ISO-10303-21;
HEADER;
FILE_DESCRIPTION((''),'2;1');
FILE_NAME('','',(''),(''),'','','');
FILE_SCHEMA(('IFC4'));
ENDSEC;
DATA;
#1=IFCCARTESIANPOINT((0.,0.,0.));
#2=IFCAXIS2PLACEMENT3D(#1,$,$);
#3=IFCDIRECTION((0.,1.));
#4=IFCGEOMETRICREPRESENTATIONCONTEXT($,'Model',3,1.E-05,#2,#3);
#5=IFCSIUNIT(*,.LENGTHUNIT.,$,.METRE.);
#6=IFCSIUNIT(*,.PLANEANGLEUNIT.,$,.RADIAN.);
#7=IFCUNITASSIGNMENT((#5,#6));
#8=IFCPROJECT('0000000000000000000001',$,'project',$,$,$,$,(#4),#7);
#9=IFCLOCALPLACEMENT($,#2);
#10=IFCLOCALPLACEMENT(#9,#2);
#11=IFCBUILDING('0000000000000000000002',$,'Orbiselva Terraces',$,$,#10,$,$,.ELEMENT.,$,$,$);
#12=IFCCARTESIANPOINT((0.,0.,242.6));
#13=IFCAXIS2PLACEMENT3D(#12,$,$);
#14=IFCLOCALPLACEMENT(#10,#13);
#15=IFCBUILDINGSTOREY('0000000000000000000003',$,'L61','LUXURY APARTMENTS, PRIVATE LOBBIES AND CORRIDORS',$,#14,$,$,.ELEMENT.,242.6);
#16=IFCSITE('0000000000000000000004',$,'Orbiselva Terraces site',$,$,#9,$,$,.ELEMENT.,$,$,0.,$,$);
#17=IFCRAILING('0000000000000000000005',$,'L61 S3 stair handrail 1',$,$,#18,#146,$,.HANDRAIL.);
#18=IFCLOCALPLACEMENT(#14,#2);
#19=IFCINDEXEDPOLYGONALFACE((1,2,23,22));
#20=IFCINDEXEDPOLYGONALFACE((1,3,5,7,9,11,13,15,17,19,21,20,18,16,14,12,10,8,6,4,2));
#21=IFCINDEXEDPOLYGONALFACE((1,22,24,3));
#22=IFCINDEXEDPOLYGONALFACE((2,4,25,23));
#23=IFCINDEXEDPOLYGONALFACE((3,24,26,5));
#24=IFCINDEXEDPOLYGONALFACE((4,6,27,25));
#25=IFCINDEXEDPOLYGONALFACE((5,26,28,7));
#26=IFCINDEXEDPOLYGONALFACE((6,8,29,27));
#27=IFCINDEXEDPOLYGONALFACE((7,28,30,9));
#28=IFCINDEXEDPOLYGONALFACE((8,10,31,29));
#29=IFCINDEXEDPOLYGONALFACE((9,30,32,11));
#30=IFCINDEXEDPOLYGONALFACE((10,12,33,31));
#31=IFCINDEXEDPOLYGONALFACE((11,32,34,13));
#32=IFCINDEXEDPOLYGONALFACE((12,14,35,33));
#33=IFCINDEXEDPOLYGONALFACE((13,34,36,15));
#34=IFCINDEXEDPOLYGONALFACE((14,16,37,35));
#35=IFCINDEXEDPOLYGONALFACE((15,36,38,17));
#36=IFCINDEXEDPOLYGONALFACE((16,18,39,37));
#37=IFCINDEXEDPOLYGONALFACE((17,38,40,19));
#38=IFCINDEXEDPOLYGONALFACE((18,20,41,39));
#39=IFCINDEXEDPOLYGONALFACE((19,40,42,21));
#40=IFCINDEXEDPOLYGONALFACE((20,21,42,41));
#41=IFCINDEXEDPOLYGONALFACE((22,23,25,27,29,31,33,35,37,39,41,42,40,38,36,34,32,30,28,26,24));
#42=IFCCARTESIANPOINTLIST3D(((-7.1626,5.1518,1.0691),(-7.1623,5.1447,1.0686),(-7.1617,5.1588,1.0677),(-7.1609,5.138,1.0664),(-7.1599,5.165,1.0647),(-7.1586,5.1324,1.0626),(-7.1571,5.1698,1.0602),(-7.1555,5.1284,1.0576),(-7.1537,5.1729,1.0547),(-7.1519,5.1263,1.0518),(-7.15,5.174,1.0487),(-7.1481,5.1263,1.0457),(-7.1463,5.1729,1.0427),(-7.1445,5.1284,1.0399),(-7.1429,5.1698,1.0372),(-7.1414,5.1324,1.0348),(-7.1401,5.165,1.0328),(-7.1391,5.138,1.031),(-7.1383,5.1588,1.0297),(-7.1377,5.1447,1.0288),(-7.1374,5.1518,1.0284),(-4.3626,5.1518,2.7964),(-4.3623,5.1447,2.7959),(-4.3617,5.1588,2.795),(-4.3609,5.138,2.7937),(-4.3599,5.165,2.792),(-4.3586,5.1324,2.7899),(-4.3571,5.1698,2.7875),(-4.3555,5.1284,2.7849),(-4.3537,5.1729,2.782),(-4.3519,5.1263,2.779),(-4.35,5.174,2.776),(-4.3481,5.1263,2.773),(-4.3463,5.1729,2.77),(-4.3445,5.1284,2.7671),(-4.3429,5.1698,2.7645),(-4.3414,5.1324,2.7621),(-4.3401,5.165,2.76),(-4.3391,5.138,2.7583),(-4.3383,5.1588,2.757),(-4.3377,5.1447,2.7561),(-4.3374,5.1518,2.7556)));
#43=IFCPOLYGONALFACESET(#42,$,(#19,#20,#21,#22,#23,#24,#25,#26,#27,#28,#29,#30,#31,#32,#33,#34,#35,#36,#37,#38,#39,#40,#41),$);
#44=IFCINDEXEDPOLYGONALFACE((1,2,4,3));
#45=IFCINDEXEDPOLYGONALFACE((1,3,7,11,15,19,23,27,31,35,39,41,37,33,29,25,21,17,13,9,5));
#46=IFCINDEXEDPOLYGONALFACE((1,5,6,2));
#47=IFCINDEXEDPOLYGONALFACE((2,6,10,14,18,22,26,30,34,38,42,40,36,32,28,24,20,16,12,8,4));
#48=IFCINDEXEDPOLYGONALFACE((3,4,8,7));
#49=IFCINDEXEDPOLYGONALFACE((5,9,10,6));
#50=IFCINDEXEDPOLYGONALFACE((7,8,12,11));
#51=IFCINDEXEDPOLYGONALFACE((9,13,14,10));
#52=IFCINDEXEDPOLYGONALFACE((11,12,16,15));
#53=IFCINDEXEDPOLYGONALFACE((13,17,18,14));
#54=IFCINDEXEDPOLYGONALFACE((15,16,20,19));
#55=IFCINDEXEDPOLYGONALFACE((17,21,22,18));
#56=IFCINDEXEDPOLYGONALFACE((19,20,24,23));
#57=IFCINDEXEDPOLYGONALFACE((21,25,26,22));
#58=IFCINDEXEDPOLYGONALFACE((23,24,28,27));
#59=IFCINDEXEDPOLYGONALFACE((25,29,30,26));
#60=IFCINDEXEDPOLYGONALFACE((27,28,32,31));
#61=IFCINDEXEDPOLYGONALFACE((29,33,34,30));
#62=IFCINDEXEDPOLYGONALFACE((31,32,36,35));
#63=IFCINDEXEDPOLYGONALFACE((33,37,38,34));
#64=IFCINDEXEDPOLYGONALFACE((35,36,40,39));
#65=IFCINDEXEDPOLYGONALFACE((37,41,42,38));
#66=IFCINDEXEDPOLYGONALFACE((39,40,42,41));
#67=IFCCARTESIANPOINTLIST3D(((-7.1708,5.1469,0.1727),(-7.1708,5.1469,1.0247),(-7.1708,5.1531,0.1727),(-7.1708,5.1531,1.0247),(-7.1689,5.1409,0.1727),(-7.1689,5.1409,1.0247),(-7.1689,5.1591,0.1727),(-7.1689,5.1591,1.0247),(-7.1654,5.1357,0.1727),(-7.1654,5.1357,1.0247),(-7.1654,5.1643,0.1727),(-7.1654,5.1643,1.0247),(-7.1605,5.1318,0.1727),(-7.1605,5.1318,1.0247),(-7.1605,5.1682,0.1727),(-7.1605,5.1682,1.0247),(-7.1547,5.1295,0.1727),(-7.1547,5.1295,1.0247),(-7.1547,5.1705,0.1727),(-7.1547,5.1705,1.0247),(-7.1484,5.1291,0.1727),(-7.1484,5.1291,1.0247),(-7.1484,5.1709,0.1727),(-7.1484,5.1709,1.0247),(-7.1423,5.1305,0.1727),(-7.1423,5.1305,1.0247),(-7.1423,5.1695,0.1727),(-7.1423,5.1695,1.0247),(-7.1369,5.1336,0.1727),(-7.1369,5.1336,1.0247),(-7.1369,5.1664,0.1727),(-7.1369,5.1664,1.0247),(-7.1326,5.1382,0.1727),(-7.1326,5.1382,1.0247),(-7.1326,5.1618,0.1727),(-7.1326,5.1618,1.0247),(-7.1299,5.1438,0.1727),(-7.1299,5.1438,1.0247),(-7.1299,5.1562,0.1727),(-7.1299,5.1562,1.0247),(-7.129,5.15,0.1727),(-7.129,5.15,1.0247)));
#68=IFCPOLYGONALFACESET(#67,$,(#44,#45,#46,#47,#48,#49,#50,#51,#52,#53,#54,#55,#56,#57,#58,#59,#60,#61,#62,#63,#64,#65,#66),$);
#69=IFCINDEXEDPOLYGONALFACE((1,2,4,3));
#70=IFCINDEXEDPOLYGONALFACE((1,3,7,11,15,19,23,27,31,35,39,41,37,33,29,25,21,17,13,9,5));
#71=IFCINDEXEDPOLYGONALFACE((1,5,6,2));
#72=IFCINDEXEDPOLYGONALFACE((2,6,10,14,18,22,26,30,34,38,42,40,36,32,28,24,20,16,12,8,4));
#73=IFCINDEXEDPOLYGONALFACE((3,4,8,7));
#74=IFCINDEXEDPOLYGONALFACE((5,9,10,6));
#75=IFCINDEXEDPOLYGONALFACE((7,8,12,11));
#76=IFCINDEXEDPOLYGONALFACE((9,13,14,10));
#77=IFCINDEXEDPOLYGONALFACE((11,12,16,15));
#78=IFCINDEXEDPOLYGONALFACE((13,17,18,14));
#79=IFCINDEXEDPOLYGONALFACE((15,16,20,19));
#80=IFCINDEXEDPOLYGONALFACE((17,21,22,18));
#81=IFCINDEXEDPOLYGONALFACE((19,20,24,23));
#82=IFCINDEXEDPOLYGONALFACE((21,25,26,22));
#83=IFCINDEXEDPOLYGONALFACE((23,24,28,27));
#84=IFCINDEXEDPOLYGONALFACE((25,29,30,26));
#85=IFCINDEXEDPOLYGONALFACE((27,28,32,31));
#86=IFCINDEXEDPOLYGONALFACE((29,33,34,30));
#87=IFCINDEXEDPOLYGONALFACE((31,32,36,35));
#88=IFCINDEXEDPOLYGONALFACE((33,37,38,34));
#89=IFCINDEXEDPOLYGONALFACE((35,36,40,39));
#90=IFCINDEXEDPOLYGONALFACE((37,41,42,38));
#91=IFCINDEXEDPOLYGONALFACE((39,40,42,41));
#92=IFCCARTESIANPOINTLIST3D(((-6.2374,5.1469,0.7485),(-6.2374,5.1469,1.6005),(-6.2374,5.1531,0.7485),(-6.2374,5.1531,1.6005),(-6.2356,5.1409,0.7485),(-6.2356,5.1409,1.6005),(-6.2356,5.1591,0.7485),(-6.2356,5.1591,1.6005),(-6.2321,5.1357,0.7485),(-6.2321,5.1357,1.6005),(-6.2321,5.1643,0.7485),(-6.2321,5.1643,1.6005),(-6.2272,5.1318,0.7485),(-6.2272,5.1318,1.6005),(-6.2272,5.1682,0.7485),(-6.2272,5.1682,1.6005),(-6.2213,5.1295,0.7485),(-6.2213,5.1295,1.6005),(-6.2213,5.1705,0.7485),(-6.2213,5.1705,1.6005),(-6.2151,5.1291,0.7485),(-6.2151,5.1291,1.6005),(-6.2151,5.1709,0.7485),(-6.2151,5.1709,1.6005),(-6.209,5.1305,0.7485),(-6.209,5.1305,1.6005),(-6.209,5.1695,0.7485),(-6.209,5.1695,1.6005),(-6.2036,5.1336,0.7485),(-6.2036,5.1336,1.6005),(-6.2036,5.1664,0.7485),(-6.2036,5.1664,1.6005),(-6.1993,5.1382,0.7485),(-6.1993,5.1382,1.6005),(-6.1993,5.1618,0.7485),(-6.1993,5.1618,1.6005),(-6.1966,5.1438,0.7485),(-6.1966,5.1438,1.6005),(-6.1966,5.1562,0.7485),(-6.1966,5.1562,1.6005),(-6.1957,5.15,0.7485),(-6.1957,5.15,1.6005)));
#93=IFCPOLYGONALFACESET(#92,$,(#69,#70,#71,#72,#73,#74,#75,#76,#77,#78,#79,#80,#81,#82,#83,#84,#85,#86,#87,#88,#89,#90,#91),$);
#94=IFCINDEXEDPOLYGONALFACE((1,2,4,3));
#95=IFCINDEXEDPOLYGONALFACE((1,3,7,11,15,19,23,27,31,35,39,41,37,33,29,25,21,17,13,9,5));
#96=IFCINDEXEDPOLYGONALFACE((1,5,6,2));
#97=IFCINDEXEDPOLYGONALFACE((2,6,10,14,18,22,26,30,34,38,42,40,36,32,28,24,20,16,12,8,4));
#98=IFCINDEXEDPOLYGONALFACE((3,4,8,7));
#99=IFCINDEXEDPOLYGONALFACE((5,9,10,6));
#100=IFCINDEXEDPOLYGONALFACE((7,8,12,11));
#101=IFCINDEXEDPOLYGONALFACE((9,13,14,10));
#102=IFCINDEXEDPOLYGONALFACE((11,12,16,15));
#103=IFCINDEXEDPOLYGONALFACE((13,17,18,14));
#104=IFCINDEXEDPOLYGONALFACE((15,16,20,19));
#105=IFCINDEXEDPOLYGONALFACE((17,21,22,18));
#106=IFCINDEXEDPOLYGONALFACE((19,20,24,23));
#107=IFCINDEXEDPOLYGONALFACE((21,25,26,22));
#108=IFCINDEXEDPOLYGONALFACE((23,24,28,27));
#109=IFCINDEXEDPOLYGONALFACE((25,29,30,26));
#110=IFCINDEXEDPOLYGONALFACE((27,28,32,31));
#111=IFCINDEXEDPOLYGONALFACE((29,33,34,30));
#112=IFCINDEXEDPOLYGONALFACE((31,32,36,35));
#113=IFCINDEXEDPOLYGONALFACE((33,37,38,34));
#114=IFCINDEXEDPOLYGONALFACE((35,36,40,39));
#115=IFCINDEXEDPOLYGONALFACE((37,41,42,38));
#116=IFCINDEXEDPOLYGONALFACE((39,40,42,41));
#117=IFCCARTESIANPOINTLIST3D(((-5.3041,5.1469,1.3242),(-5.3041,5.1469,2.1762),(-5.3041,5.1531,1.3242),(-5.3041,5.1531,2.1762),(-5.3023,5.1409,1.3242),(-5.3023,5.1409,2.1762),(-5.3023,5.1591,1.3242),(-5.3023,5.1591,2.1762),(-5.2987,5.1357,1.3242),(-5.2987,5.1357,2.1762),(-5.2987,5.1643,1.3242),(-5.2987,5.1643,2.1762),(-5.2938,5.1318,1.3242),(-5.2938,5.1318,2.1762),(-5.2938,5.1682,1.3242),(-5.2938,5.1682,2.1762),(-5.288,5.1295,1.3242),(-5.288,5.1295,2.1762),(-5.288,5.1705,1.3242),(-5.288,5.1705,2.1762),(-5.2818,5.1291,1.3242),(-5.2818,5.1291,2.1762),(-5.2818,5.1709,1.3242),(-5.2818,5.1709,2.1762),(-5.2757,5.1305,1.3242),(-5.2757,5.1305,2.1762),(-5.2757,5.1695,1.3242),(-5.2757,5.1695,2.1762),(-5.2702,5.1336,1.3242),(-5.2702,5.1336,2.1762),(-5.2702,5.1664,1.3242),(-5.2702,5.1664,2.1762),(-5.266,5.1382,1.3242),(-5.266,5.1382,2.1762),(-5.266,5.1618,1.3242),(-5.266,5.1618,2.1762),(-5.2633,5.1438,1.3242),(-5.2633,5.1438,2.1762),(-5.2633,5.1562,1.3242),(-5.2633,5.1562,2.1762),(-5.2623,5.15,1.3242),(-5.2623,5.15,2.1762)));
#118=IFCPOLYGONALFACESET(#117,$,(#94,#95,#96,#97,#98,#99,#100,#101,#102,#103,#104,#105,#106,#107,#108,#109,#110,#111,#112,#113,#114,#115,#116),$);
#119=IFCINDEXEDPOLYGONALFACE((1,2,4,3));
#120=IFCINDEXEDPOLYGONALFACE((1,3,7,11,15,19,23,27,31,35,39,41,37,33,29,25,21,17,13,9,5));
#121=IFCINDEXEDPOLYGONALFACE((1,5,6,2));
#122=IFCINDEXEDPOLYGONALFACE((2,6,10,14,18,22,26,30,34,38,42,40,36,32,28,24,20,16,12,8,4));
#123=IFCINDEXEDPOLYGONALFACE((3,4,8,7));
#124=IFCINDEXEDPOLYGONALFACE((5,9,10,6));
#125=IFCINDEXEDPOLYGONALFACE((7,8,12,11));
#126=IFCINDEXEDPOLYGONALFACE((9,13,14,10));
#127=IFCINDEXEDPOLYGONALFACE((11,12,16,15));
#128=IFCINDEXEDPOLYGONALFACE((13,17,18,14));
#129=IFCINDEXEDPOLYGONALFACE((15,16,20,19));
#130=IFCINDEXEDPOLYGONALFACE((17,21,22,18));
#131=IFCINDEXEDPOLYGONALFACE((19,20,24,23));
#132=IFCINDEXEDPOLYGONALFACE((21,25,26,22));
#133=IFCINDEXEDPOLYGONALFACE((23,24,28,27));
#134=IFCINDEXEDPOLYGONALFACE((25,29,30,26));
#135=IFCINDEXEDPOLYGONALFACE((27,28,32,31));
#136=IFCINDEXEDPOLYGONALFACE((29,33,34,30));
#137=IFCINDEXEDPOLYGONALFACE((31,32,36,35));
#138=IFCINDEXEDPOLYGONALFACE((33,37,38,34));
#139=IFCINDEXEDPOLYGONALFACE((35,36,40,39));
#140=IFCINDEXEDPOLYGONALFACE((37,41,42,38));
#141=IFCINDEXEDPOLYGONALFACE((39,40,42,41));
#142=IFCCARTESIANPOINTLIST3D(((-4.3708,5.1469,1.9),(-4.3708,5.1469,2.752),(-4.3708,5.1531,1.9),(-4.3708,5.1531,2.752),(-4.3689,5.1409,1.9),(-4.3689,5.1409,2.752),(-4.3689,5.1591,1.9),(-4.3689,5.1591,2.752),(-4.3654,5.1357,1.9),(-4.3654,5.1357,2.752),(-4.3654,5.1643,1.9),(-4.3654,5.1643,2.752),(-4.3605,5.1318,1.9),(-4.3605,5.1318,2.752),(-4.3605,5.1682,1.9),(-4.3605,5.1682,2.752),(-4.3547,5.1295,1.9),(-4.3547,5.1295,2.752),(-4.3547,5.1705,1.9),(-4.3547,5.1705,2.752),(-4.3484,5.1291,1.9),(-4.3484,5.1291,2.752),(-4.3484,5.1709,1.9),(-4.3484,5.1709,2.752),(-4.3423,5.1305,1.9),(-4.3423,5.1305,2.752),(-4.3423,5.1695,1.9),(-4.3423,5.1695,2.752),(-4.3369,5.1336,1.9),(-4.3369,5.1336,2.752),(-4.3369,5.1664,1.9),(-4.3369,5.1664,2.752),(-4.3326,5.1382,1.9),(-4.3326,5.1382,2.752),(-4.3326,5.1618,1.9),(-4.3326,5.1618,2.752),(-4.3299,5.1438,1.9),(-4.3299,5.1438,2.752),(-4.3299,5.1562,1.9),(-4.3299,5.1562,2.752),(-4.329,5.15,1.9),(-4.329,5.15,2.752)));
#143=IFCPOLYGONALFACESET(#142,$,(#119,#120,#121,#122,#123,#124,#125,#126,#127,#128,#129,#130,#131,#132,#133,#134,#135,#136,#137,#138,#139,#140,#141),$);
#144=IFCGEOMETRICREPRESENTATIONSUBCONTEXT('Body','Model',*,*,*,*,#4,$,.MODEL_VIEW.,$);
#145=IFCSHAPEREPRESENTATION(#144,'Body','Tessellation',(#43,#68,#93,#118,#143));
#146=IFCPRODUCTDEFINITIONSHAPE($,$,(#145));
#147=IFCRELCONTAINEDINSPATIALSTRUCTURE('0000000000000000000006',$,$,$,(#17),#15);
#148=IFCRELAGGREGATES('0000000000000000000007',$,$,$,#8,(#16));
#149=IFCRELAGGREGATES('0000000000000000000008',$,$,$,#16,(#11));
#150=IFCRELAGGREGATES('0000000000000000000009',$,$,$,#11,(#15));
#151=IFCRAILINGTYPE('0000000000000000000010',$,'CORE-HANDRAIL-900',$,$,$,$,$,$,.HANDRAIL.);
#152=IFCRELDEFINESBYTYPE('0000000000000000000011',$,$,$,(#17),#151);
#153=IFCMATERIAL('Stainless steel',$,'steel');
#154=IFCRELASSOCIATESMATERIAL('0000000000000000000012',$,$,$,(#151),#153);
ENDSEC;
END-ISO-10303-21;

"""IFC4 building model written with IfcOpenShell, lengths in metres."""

from ifc_helpers import new_model, si_unit, direction, frame, origin, origin_2d, place, context, subcontext, project, spatial, circle, extrude, material, type_object, element, save


model = new_model("IFC4")

# Units and contexts
model_context = context("Model", 3, precision=1e-05, world=origin(), true_north=direction((0.0, 1.0)))
body_context = subcontext(model_context, "Body", "Model", "MODEL_VIEW")
ifc_project = project(units=[si_unit("LENGTHUNIT", "METRE"), si_unit("PLANEANGLEUNIT", "RADIAN")], contexts=[model_context])

# Site, building, storey
site_placement = place(None, origin())
site = spatial("IfcSite", under=ifc_project, at=site_placement, Name="Orbiselva Terraces site", CompositionType="ELEMENT", RefElevation=0.0)
building_placement = place(site_placement, origin())
building = spatial("IfcBuilding", under=site, at=building_placement, Name="Orbiselva Terraces", CompositionType="ELEMENT")
storey_placement = place(building_placement, frame((0.0, 0.0, 242.6)))
storey = spatial("IfcBuildingStorey", under=building, at=storey_placement, Name="L61", Description="LUXURY APARTMENTS, PRIVATE LOBBIES AND CORRIDORS", CompositionType="ELEMENT", Elevation=242.6)

# Railing
ifc_material_1 = material(Name="Stainless steel", Category="steel")
railing_type_1 = type_object("IfcRailingType", Name="CORE-HANDRAIL-900", PredefinedType="HANDRAIL", material=ifc_material_1)
railing_1_placement = place(storey_placement, frame((-7.15, 5.15, 0.1727)))
element("IfcRailing", 1, at=railing_1_placement, inside=storey, type_object=railing_type_1, Name="L61 S3 stair handrail 1", PredefinedType="HANDRAIL", context=body_context, shape_type="SweptSolid", body=[
    extrude(circle(Radius=0.024, at=origin_2d()), frame((0.0, 0.0, 0.876), z_axis=(0.851089, 0.0, 0.525022), x_axis=(0.0, 1.0, 0.0)), (0.0, 0.0, 1.0), 3.2899),
    extrude(circle(Radius=0.021, at=origin_2d()), origin(), (0.0, 0.0, 1.0), 0.852),
    extrude(circle(Radius=0.021, at=origin_2d()), frame((0.9333, 0.0, 0.5758)), (0.0, 0.0, 1.0), 0.852),
    extrude(circle(Radius=0.021, at=origin_2d()), frame((1.8667, 0.0, 1.1515)), (0.0, 0.0, 1.0), 0.852),
    extrude(circle(Radius=0.021, at=origin_2d()), frame((2.8, 0.0, 1.7273)), (0.0, 0.0, 1.0), 0.852),
])

save(model, "model.ifc")
